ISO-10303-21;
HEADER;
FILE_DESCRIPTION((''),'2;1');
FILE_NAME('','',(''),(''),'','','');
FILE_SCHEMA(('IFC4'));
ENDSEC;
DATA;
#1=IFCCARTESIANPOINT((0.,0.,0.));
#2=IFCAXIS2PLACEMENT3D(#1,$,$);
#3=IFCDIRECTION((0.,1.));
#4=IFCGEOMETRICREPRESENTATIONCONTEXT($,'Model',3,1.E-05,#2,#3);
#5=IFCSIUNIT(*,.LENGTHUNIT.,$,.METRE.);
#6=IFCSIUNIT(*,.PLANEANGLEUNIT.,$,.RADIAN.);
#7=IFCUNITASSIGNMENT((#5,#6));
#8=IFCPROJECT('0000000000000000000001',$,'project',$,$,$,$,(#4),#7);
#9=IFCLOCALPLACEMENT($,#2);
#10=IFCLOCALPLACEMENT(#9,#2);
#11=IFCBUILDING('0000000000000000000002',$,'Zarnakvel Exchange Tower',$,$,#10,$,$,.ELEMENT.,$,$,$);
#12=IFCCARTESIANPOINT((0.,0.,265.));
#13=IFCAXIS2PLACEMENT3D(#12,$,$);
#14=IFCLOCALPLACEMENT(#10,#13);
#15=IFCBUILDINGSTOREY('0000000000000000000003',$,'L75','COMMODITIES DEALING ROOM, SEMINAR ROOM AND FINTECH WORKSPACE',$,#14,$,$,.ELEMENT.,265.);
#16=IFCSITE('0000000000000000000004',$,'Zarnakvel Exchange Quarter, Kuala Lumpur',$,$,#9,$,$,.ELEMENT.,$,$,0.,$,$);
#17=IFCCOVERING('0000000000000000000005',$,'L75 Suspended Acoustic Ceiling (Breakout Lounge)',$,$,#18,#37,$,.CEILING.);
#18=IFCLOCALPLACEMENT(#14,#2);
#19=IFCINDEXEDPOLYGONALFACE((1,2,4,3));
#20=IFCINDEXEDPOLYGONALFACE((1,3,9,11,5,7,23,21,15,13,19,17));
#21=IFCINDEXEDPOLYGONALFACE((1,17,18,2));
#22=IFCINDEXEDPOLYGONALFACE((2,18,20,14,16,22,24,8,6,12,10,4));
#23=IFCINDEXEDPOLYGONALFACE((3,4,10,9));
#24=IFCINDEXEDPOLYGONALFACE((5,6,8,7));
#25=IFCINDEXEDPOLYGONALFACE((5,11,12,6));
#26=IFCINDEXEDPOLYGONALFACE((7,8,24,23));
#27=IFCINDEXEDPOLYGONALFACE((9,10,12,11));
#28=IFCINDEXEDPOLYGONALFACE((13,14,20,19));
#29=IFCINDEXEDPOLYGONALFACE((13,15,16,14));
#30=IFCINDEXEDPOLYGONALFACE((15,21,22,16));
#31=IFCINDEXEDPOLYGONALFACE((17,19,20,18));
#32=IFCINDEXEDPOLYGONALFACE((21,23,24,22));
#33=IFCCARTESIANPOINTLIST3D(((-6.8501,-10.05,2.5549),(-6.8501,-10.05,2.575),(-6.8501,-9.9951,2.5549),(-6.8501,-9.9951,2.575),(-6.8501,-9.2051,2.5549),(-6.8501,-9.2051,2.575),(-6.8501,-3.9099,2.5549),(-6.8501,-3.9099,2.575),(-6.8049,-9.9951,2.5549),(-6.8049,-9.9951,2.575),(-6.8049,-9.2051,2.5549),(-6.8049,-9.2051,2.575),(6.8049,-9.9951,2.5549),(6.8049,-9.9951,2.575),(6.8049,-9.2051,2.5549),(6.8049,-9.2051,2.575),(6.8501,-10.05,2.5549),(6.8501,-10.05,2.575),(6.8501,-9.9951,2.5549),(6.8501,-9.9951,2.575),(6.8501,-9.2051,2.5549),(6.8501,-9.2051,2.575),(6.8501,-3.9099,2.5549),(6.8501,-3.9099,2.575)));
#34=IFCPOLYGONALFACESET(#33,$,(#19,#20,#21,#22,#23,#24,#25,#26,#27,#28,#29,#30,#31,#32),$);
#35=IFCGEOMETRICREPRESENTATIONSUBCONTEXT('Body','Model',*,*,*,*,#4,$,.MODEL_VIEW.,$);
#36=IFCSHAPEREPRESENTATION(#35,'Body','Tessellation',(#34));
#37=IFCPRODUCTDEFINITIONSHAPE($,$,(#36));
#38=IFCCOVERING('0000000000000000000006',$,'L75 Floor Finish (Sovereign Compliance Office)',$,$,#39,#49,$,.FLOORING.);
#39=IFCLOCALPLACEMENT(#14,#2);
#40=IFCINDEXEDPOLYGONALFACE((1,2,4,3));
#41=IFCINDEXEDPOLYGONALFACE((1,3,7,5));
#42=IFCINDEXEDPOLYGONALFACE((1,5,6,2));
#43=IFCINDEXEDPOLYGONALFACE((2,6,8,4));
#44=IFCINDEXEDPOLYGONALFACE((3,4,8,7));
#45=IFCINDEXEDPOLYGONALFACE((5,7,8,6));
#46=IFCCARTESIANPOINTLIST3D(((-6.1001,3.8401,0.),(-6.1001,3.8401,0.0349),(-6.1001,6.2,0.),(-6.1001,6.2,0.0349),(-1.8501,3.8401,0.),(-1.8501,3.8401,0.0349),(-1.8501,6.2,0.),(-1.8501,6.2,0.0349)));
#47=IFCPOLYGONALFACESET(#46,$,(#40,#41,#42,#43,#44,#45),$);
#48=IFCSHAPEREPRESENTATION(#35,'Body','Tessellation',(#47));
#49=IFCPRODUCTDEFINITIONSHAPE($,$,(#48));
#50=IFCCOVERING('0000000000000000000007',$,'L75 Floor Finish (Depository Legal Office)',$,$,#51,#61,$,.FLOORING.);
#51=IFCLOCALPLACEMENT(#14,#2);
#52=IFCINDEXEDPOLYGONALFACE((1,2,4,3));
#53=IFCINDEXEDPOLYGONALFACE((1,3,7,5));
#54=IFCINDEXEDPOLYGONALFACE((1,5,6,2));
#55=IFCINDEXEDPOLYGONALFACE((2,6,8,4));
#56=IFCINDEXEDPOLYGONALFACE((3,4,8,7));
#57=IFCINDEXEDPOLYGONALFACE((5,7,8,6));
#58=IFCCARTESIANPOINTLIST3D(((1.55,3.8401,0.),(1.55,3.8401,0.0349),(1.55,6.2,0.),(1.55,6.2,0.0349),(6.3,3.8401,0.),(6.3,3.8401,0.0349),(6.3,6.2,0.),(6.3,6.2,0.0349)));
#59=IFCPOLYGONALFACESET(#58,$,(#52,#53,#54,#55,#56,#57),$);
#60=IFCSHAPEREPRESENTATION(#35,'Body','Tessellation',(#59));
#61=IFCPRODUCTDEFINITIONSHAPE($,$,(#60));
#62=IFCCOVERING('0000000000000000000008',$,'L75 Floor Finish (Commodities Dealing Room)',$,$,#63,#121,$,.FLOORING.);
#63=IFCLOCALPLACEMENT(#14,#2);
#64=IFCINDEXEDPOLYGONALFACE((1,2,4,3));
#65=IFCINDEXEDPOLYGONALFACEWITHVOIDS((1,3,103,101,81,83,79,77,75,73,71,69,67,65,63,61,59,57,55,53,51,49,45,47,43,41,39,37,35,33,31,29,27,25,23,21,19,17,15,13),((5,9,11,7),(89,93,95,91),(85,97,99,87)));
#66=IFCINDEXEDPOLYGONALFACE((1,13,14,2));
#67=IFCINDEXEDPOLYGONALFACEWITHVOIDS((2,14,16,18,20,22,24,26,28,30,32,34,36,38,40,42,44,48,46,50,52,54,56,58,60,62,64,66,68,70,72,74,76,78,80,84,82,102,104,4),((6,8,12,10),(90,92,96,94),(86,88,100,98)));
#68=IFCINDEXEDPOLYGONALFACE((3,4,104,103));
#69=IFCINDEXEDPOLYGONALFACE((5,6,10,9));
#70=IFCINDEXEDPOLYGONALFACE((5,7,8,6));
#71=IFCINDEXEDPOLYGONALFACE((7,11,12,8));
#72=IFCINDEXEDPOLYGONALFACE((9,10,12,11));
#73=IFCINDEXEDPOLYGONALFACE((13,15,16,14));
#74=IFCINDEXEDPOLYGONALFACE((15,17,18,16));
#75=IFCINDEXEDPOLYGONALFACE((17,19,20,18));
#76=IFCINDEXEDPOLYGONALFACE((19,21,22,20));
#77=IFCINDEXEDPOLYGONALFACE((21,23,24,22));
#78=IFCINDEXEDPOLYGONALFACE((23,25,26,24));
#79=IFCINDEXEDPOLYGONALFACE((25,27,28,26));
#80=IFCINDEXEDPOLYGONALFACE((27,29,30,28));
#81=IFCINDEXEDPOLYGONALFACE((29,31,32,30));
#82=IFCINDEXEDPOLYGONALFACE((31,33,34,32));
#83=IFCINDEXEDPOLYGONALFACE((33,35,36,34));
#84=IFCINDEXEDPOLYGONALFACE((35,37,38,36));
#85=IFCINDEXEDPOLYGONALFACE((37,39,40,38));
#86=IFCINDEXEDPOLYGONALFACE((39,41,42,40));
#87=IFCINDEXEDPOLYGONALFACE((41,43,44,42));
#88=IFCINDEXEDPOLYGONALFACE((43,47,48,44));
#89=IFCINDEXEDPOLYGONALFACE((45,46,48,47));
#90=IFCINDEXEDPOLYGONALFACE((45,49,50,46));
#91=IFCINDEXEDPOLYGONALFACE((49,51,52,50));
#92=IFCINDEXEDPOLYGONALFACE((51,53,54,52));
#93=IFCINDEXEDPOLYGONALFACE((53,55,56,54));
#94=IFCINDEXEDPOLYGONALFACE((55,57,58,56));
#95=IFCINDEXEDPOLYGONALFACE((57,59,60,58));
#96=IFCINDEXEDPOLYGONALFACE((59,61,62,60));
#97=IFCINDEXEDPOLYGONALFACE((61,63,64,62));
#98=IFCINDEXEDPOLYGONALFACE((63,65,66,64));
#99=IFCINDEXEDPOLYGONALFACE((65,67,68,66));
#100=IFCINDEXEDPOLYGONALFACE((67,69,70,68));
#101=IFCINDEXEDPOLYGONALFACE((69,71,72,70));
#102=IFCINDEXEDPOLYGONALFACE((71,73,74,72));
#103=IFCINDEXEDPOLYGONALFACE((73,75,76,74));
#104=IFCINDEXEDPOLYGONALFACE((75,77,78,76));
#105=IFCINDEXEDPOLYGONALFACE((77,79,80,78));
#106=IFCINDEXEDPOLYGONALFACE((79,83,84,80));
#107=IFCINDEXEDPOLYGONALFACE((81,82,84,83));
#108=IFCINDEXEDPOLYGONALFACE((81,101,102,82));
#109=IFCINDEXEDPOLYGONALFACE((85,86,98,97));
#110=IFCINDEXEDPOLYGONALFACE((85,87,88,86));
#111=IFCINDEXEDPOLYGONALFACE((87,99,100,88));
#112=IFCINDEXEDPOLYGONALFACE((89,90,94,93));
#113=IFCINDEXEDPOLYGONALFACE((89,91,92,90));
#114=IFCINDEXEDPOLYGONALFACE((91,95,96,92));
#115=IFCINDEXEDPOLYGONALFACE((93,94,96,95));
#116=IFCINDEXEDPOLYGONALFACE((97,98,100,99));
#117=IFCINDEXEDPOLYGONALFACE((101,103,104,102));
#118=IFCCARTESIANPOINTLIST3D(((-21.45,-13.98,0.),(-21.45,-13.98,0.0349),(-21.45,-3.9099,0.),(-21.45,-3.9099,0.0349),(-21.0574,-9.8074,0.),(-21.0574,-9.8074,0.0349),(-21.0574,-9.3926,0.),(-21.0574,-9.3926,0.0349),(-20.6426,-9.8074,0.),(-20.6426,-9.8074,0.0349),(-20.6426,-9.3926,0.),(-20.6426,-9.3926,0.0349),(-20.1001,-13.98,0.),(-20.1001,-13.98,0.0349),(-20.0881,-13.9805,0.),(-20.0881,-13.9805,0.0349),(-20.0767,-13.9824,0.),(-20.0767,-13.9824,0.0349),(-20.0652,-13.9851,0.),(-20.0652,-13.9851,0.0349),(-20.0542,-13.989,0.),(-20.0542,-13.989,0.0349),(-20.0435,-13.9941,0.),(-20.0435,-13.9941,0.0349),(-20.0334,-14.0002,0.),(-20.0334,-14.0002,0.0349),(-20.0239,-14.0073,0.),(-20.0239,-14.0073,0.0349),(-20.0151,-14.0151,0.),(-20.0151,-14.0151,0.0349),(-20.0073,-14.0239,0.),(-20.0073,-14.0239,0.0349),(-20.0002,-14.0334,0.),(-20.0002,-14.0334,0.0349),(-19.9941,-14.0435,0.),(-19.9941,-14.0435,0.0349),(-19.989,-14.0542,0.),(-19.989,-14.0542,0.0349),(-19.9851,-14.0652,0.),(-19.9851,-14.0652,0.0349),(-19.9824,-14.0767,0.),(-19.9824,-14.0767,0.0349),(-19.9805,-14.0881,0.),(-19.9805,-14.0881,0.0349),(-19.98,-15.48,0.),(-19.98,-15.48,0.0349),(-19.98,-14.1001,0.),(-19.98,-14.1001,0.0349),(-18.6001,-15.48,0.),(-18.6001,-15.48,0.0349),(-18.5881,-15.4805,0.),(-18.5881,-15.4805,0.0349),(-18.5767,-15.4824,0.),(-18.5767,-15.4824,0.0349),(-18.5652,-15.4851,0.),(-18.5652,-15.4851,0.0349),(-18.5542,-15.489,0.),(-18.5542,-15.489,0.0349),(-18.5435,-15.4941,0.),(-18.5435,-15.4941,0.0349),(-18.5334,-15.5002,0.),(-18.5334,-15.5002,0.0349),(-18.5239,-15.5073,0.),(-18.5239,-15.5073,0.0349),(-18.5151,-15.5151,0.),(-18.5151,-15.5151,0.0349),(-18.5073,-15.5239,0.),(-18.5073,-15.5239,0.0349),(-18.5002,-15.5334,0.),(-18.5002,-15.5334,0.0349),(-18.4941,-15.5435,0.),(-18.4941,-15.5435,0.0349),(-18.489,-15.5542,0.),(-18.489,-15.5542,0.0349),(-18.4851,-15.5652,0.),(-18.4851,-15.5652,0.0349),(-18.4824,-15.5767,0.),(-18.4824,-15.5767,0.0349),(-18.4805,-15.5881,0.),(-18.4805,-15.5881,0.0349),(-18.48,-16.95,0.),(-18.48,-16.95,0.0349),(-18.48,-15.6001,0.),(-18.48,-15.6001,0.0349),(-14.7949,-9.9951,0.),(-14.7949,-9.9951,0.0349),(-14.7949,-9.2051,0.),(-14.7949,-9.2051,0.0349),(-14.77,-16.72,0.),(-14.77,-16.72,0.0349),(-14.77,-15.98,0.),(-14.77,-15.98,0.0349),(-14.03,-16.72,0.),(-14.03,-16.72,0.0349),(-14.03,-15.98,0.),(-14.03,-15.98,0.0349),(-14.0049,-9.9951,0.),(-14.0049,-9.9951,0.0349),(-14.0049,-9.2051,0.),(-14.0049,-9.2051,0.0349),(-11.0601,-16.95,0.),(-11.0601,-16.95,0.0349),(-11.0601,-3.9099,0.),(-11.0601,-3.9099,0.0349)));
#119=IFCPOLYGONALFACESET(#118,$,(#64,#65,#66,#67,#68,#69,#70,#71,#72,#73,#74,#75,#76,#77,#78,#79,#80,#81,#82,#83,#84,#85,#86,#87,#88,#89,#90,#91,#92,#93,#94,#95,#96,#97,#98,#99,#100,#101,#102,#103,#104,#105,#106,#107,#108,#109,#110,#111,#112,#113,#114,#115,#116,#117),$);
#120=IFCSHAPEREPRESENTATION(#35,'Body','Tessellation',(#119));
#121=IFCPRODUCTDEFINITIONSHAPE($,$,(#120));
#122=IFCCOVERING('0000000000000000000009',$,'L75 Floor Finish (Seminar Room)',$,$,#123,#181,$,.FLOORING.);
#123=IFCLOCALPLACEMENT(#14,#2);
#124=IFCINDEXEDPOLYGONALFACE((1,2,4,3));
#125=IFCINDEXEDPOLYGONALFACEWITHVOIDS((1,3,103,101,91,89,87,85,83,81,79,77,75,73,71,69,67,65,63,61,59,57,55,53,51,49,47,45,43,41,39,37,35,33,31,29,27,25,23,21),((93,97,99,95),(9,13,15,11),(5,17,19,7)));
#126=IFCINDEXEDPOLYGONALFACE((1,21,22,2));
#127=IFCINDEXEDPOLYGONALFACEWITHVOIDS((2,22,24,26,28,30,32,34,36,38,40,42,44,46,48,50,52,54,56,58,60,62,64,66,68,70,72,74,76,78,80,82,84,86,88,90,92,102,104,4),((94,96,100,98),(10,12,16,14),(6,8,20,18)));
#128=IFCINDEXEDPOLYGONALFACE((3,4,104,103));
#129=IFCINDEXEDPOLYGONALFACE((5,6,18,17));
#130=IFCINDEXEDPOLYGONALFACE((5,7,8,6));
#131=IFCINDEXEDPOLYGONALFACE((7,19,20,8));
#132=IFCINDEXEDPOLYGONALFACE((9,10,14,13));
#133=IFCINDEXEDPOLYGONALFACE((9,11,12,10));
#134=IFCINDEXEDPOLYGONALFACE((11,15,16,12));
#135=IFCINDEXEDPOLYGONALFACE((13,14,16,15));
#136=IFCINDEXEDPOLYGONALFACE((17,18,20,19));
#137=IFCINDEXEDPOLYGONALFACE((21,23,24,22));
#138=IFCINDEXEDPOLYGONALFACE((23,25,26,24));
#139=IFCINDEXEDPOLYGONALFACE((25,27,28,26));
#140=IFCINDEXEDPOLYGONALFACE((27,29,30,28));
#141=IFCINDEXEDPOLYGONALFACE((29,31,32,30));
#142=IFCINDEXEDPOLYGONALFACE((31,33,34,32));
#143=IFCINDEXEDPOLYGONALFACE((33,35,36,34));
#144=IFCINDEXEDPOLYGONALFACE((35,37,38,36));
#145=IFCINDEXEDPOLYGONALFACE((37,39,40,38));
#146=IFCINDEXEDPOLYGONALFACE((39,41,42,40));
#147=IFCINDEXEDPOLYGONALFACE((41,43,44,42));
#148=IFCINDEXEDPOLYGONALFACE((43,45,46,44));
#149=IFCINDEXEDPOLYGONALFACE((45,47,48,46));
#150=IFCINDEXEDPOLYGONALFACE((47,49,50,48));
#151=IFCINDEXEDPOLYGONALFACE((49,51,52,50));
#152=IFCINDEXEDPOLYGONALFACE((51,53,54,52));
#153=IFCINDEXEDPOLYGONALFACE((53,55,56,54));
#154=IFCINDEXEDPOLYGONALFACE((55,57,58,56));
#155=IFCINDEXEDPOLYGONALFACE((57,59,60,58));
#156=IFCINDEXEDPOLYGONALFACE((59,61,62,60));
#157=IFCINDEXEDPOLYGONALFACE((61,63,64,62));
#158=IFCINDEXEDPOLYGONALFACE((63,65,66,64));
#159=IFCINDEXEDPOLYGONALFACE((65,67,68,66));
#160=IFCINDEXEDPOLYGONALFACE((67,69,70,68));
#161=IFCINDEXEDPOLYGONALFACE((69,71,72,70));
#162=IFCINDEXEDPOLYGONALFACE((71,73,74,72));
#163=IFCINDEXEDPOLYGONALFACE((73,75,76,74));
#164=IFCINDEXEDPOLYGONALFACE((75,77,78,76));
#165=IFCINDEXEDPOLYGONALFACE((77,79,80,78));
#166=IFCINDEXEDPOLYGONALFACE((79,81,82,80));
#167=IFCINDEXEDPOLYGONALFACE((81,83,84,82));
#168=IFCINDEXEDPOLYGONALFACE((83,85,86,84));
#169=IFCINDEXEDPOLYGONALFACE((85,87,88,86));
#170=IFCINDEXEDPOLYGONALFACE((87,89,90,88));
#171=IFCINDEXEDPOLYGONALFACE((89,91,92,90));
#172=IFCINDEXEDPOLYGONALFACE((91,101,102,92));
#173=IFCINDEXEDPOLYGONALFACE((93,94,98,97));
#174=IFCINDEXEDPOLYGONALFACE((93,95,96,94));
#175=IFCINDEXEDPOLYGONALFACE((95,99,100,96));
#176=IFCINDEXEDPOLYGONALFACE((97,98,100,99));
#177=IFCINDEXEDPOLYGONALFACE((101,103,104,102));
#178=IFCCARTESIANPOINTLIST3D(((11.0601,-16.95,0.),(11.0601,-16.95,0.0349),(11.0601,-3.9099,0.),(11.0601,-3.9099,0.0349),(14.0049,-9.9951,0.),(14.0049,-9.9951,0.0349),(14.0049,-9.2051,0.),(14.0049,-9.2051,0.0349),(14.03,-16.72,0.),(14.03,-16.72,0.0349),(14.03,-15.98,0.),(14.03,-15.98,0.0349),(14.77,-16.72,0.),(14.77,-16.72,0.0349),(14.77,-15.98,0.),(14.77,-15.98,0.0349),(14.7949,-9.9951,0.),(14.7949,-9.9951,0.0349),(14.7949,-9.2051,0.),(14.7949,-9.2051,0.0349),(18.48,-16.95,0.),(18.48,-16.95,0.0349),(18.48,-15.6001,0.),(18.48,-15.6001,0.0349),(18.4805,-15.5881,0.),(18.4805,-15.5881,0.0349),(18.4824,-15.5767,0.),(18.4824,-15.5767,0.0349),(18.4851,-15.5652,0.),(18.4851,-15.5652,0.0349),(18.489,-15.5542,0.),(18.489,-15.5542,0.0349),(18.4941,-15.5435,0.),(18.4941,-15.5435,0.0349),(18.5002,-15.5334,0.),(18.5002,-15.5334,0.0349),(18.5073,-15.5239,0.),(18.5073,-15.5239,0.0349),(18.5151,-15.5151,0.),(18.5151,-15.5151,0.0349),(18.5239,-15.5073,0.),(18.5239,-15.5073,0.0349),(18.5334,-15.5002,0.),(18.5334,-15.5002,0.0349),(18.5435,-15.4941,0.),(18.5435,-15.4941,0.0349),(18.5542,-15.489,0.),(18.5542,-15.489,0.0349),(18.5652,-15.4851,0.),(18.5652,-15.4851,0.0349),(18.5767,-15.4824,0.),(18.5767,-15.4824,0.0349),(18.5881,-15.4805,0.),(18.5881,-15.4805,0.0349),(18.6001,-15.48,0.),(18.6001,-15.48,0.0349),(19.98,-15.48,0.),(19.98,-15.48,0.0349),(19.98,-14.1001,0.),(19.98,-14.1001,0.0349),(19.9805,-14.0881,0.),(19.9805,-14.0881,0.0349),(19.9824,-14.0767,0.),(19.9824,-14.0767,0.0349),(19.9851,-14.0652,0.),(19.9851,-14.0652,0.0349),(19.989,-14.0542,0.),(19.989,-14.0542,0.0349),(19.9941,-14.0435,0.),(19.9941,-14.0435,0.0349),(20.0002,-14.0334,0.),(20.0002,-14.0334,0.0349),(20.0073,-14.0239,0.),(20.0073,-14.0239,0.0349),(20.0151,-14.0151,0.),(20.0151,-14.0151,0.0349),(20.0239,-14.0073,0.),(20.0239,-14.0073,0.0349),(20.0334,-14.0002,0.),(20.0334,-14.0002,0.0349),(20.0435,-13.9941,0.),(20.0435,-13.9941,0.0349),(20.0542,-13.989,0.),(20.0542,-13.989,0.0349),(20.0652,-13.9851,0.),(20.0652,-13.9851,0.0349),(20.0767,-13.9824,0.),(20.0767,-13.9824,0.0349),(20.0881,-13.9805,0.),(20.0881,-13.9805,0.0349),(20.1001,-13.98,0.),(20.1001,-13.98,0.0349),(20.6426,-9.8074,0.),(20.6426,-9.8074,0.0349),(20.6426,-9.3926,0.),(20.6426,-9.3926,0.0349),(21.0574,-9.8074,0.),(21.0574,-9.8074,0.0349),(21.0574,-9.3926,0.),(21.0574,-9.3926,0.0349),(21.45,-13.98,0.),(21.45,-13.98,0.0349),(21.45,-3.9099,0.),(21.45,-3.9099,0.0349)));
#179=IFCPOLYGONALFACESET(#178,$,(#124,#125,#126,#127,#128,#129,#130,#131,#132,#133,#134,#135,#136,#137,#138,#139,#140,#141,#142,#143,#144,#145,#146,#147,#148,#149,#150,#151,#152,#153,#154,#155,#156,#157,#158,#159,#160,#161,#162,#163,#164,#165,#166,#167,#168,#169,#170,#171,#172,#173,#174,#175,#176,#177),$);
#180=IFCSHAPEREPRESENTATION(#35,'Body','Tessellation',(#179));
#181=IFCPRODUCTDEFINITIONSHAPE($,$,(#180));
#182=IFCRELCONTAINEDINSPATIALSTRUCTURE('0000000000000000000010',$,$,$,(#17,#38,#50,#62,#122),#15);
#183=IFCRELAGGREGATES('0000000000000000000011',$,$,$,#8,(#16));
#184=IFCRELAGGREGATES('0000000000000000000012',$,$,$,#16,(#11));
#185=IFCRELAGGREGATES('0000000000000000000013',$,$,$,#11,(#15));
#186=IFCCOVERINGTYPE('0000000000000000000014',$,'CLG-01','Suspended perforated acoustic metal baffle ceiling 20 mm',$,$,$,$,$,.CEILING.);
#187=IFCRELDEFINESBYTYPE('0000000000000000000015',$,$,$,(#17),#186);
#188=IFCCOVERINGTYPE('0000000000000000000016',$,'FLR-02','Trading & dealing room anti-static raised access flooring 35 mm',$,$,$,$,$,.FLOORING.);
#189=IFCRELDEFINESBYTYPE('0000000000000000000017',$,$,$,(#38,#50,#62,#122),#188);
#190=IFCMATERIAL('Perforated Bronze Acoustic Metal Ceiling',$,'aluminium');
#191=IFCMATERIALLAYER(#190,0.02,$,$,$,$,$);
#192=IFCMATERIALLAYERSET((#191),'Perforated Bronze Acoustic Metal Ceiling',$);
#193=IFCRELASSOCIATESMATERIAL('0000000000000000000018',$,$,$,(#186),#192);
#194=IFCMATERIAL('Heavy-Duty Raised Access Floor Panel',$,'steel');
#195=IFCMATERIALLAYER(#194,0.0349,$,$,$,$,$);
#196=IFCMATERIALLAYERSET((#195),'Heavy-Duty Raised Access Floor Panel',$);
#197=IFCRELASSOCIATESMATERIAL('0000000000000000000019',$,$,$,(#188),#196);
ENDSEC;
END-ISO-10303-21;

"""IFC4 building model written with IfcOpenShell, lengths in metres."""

from ifc_helpers import new_model, si_unit, direction, frame, origin, place, context, subcontext, project, spatial, polyline, outline, extrude, material, layer, layer_set, type_object, element, save


model = new_model("IFC4")

# Units and contexts
model_context = context("Model", 3, precision=1e-05, world=origin(), true_north=direction((0.0, 1.0)))
body_context = subcontext(model_context, "Body", "Model", "MODEL_VIEW")
ifc_project = project(units=[si_unit("LENGTHUNIT", "METRE"), si_unit("PLANEANGLEUNIT", "RADIAN")], contexts=[model_context])

# Site, building, storey
site_placement = place(None, origin())
site = spatial("IfcSite", under=ifc_project, at=site_placement, Name="Zarnakvel Exchange Quarter, Kuala Lumpur", CompositionType="ELEMENT", RefElevation=0.0)
building_placement = place(site_placement, origin())
building = spatial("IfcBuilding", under=site, at=building_placement, Name="Zarnakvel Exchange Tower", CompositionType="ELEMENT")
storey_placement = place(building_placement, frame((0.0, 0.0, 265.0)))
storey = spatial("IfcBuildingStorey", under=building, at=storey_placement, Name="L75", Description="COMMODITIES DEALING ROOM, SEMINAR ROOM AND FINTECH WORKSPACE", CompositionType="ELEMENT", Elevation=265.0)

# Coverings
ifc_material_1 = material(Name="Perforated Bronze Acoustic Metal Ceiling", Category="aluminium")
ifc_layer_1 = layer(ifc_material_1, 0.02)
ifc_layer_set_1 = layer_set([ifc_layer_1], Name="Perforated Bronze Acoustic Metal Ceiling")
covering_type_1 = type_object("IfcCoveringType", Name="CLG-01", Description="Suspended perforated acoustic metal baffle ceiling 20 mm", PredefinedType="CEILING", material=ifc_layer_set_1)
covering_1_placement = place(storey_placement, frame((0.0, 0.0, 2.5549)))
element("IfcCovering", 1, at=covering_1_placement, inside=storey, type_object=covering_type_1, Name="L75 Suspended Acoustic Ceiling (Breakout Lounge)", PredefinedType="CEILING", context=body_context, shape_type="SweptSolid", body=[
    extrude(outline(polyline([(-6.8501, -9.9951), (-6.8049, -9.9951), (-6.8049, -9.2051), (-6.8501, -9.2051), (-6.8501, -3.9099), (6.8501, -3.9099), (6.8501, -9.2051), (6.8049, -9.2051), (6.8049, -9.9951), (6.8501, -9.9951), (6.8501, -10.05), (-6.8501, -10.05), (-6.8501, -9.9951)])), origin(), (0.0, 0.0, 1.0), 0.02),
])
ifc_material_2 = material(Name="Heavy-Duty Raised Access Floor Panel", Category="steel")
ifc_layer_2 = layer(ifc_material_2, 0.0349)
ifc_layer_set_2 = layer_set([ifc_layer_2], Name="Heavy-Duty Raised Access Floor Panel")
covering_type_2 = type_object("IfcCoveringType", Name="FLR-02", Description="Trading & dealing room anti-static raised access flooring 35 mm", PredefinedType="FLOORING", material=ifc_layer_set_2)
covering_2_placement = place(storey_placement, origin())
element("IfcCovering", 2, at=covering_2_placement, inside=storey, type_object=covering_type_2, Name="L75 Floor Finish (Sovereign Compliance Office)", PredefinedType="FLOORING", context=body_context, shape_type="SweptSolid", body=[
    extrude(outline(polyline([(-6.1001, 6.2), (-1.8501, 6.2), (-1.8501, 3.8401), (-6.1001, 3.8401), (-6.1001, 6.2)])), origin(), (0.0, 0.0, 1.0), 0.0349),
])
covering_3_placement = place(storey_placement, origin())
element("IfcCovering", 3, at=covering_3_placement, inside=storey, type_object=covering_type_2, Name="L75 Floor Finish (Depository Legal Office)", PredefinedType="FLOORING", context=body_context, shape_type="SweptSolid", body=[
    extrude(outline(polyline([(1.55, 6.2), (6.3, 6.2), (6.3, 3.8401), (1.55, 3.8401), (1.55, 6.2)])), origin(), (0.0, 0.0, 1.0), 0.0349),
])
covering_4_placement = place(storey_placement, origin())
element("IfcCovering", 4, at=covering_4_placement, inside=storey, type_object=covering_type_2, Name="L75 Floor Finish (Commodities Dealing Room)", PredefinedType="FLOORING", context=body_context, shape_type="SweptSolid", body=[
    extrude(outline(polyline([(-11.0601, -3.9099), (-11.0601, -16.95), (-18.48, -16.95), (-18.48, -15.6001), (-18.4805, -15.5881), (-18.4824, -15.5767), (-18.4851, -15.5652), (-18.489, -15.5542), (-18.4941, -15.5435), (-18.5002, -15.5334), (-18.5073, -15.5239), (-18.5151, -15.5151), (-18.5239, -15.5073), (-18.5334, -15.5002), (-18.5435, -15.4941), (-18.5542, -15.489), (-18.5652, -15.4851), (-18.5767, -15.4824), (-18.5881, -15.4805), (-18.6001, -15.48), (-19.98, -15.48), (-19.98, -14.1001), (-19.9805, -14.0881), (-19.9824, -14.0767), (-19.9851, -14.0652), (-19.989, -14.0542), (-19.9941, -14.0435), (-20.0002, -14.0334), (-20.0073, -14.0239), (-20.0151, -14.0151), (-20.0239, -14.0073), (-20.0334, -14.0002), (-20.0435, -13.9941), (-20.0542, -13.989), (-20.0652, -13.9851), (-20.0767, -13.9824), (-20.0881, -13.9805), (-20.1001, -13.98), (-21.45, -13.98), (-21.45, -3.9099), (-11.0601, -3.9099)]), holes=[polyline([(-14.0049, -9.9951), (-14.0049, -9.2051), (-14.7949, -9.2051), (-14.7949, -9.9951), (-14.0049, -9.9951)]), polyline([(-14.03, -15.98), (-14.77, -15.98), (-14.77, -16.72), (-14.03, -16.72), (-14.03, -15.98)]), polyline([(-20.6426, -9.8074), (-20.6426, -9.3926), (-21.0574, -9.3926), (-21.0574, -9.8074), (-20.6426, -9.8074)])]), origin(), (0.0, 0.0, 1.0), 0.0349),
])
covering_5_placement = place(storey_placement, origin())
element("IfcCovering", 5, at=covering_5_placement, inside=storey, type_object=covering_type_2, Name="L75 Floor Finish (Seminar Room)", PredefinedType="FLOORING", context=body_context, shape_type="SweptSolid", body=[
    extrude(outline(polyline([(11.0601, -3.9099), (21.45, -3.9099), (21.45, -13.98), (20.1001, -13.98), (20.0881, -13.9805), (20.0767, -13.9824), (20.0652, -13.9851), (20.0542, -13.989), (20.0435, -13.9941), (20.0334, -14.0002), (20.0239, -14.0073), (20.0151, -14.0151), (20.0073, -14.0239), (20.0002, -14.0334), (19.9941, -14.0435), (19.989, -14.0542), (19.9851, -14.0652), (19.9824, -14.0767), (19.9805, -14.0881), (19.98, -14.1001), (19.98, -15.48), (18.6001, -15.48), (18.5881, -15.4805), (18.5767, -15.4824), (18.5652, -15.4851), (18.5542, -15.489), (18.5435, -15.4941), (18.5334, -15.5002), (18.5239, -15.5073), (18.5151, -15.5151), (18.5073, -15.5239), (18.5002, -15.5334), (18.4941, -15.5435), (18.489, -15.5542), (18.4851, -15.5652), (18.4824, -15.5767), (18.4805, -15.5881), (18.48, -15.6001), (18.48, -16.95), (11.0601, -16.95), (11.0601, -3.9099)]), holes=[polyline([(21.0574, -9.8074), (21.0574, -9.3926), (20.6426, -9.3926), (20.6426, -9.8074), (21.0574, -9.8074)]), polyline([(14.7949, -9.9951), (14.7949, -9.2051), (14.0049, -9.2051), (14.0049, -9.9951), (14.7949, -9.9951)]), polyline([(14.77, -16.72), (14.77, -15.98), (14.03, -15.98), (14.03, -16.72), (14.77, -16.72)])]), origin(), (0.0, 0.0, 1.0), 0.0349),
])

save(model, "model.ifc")
